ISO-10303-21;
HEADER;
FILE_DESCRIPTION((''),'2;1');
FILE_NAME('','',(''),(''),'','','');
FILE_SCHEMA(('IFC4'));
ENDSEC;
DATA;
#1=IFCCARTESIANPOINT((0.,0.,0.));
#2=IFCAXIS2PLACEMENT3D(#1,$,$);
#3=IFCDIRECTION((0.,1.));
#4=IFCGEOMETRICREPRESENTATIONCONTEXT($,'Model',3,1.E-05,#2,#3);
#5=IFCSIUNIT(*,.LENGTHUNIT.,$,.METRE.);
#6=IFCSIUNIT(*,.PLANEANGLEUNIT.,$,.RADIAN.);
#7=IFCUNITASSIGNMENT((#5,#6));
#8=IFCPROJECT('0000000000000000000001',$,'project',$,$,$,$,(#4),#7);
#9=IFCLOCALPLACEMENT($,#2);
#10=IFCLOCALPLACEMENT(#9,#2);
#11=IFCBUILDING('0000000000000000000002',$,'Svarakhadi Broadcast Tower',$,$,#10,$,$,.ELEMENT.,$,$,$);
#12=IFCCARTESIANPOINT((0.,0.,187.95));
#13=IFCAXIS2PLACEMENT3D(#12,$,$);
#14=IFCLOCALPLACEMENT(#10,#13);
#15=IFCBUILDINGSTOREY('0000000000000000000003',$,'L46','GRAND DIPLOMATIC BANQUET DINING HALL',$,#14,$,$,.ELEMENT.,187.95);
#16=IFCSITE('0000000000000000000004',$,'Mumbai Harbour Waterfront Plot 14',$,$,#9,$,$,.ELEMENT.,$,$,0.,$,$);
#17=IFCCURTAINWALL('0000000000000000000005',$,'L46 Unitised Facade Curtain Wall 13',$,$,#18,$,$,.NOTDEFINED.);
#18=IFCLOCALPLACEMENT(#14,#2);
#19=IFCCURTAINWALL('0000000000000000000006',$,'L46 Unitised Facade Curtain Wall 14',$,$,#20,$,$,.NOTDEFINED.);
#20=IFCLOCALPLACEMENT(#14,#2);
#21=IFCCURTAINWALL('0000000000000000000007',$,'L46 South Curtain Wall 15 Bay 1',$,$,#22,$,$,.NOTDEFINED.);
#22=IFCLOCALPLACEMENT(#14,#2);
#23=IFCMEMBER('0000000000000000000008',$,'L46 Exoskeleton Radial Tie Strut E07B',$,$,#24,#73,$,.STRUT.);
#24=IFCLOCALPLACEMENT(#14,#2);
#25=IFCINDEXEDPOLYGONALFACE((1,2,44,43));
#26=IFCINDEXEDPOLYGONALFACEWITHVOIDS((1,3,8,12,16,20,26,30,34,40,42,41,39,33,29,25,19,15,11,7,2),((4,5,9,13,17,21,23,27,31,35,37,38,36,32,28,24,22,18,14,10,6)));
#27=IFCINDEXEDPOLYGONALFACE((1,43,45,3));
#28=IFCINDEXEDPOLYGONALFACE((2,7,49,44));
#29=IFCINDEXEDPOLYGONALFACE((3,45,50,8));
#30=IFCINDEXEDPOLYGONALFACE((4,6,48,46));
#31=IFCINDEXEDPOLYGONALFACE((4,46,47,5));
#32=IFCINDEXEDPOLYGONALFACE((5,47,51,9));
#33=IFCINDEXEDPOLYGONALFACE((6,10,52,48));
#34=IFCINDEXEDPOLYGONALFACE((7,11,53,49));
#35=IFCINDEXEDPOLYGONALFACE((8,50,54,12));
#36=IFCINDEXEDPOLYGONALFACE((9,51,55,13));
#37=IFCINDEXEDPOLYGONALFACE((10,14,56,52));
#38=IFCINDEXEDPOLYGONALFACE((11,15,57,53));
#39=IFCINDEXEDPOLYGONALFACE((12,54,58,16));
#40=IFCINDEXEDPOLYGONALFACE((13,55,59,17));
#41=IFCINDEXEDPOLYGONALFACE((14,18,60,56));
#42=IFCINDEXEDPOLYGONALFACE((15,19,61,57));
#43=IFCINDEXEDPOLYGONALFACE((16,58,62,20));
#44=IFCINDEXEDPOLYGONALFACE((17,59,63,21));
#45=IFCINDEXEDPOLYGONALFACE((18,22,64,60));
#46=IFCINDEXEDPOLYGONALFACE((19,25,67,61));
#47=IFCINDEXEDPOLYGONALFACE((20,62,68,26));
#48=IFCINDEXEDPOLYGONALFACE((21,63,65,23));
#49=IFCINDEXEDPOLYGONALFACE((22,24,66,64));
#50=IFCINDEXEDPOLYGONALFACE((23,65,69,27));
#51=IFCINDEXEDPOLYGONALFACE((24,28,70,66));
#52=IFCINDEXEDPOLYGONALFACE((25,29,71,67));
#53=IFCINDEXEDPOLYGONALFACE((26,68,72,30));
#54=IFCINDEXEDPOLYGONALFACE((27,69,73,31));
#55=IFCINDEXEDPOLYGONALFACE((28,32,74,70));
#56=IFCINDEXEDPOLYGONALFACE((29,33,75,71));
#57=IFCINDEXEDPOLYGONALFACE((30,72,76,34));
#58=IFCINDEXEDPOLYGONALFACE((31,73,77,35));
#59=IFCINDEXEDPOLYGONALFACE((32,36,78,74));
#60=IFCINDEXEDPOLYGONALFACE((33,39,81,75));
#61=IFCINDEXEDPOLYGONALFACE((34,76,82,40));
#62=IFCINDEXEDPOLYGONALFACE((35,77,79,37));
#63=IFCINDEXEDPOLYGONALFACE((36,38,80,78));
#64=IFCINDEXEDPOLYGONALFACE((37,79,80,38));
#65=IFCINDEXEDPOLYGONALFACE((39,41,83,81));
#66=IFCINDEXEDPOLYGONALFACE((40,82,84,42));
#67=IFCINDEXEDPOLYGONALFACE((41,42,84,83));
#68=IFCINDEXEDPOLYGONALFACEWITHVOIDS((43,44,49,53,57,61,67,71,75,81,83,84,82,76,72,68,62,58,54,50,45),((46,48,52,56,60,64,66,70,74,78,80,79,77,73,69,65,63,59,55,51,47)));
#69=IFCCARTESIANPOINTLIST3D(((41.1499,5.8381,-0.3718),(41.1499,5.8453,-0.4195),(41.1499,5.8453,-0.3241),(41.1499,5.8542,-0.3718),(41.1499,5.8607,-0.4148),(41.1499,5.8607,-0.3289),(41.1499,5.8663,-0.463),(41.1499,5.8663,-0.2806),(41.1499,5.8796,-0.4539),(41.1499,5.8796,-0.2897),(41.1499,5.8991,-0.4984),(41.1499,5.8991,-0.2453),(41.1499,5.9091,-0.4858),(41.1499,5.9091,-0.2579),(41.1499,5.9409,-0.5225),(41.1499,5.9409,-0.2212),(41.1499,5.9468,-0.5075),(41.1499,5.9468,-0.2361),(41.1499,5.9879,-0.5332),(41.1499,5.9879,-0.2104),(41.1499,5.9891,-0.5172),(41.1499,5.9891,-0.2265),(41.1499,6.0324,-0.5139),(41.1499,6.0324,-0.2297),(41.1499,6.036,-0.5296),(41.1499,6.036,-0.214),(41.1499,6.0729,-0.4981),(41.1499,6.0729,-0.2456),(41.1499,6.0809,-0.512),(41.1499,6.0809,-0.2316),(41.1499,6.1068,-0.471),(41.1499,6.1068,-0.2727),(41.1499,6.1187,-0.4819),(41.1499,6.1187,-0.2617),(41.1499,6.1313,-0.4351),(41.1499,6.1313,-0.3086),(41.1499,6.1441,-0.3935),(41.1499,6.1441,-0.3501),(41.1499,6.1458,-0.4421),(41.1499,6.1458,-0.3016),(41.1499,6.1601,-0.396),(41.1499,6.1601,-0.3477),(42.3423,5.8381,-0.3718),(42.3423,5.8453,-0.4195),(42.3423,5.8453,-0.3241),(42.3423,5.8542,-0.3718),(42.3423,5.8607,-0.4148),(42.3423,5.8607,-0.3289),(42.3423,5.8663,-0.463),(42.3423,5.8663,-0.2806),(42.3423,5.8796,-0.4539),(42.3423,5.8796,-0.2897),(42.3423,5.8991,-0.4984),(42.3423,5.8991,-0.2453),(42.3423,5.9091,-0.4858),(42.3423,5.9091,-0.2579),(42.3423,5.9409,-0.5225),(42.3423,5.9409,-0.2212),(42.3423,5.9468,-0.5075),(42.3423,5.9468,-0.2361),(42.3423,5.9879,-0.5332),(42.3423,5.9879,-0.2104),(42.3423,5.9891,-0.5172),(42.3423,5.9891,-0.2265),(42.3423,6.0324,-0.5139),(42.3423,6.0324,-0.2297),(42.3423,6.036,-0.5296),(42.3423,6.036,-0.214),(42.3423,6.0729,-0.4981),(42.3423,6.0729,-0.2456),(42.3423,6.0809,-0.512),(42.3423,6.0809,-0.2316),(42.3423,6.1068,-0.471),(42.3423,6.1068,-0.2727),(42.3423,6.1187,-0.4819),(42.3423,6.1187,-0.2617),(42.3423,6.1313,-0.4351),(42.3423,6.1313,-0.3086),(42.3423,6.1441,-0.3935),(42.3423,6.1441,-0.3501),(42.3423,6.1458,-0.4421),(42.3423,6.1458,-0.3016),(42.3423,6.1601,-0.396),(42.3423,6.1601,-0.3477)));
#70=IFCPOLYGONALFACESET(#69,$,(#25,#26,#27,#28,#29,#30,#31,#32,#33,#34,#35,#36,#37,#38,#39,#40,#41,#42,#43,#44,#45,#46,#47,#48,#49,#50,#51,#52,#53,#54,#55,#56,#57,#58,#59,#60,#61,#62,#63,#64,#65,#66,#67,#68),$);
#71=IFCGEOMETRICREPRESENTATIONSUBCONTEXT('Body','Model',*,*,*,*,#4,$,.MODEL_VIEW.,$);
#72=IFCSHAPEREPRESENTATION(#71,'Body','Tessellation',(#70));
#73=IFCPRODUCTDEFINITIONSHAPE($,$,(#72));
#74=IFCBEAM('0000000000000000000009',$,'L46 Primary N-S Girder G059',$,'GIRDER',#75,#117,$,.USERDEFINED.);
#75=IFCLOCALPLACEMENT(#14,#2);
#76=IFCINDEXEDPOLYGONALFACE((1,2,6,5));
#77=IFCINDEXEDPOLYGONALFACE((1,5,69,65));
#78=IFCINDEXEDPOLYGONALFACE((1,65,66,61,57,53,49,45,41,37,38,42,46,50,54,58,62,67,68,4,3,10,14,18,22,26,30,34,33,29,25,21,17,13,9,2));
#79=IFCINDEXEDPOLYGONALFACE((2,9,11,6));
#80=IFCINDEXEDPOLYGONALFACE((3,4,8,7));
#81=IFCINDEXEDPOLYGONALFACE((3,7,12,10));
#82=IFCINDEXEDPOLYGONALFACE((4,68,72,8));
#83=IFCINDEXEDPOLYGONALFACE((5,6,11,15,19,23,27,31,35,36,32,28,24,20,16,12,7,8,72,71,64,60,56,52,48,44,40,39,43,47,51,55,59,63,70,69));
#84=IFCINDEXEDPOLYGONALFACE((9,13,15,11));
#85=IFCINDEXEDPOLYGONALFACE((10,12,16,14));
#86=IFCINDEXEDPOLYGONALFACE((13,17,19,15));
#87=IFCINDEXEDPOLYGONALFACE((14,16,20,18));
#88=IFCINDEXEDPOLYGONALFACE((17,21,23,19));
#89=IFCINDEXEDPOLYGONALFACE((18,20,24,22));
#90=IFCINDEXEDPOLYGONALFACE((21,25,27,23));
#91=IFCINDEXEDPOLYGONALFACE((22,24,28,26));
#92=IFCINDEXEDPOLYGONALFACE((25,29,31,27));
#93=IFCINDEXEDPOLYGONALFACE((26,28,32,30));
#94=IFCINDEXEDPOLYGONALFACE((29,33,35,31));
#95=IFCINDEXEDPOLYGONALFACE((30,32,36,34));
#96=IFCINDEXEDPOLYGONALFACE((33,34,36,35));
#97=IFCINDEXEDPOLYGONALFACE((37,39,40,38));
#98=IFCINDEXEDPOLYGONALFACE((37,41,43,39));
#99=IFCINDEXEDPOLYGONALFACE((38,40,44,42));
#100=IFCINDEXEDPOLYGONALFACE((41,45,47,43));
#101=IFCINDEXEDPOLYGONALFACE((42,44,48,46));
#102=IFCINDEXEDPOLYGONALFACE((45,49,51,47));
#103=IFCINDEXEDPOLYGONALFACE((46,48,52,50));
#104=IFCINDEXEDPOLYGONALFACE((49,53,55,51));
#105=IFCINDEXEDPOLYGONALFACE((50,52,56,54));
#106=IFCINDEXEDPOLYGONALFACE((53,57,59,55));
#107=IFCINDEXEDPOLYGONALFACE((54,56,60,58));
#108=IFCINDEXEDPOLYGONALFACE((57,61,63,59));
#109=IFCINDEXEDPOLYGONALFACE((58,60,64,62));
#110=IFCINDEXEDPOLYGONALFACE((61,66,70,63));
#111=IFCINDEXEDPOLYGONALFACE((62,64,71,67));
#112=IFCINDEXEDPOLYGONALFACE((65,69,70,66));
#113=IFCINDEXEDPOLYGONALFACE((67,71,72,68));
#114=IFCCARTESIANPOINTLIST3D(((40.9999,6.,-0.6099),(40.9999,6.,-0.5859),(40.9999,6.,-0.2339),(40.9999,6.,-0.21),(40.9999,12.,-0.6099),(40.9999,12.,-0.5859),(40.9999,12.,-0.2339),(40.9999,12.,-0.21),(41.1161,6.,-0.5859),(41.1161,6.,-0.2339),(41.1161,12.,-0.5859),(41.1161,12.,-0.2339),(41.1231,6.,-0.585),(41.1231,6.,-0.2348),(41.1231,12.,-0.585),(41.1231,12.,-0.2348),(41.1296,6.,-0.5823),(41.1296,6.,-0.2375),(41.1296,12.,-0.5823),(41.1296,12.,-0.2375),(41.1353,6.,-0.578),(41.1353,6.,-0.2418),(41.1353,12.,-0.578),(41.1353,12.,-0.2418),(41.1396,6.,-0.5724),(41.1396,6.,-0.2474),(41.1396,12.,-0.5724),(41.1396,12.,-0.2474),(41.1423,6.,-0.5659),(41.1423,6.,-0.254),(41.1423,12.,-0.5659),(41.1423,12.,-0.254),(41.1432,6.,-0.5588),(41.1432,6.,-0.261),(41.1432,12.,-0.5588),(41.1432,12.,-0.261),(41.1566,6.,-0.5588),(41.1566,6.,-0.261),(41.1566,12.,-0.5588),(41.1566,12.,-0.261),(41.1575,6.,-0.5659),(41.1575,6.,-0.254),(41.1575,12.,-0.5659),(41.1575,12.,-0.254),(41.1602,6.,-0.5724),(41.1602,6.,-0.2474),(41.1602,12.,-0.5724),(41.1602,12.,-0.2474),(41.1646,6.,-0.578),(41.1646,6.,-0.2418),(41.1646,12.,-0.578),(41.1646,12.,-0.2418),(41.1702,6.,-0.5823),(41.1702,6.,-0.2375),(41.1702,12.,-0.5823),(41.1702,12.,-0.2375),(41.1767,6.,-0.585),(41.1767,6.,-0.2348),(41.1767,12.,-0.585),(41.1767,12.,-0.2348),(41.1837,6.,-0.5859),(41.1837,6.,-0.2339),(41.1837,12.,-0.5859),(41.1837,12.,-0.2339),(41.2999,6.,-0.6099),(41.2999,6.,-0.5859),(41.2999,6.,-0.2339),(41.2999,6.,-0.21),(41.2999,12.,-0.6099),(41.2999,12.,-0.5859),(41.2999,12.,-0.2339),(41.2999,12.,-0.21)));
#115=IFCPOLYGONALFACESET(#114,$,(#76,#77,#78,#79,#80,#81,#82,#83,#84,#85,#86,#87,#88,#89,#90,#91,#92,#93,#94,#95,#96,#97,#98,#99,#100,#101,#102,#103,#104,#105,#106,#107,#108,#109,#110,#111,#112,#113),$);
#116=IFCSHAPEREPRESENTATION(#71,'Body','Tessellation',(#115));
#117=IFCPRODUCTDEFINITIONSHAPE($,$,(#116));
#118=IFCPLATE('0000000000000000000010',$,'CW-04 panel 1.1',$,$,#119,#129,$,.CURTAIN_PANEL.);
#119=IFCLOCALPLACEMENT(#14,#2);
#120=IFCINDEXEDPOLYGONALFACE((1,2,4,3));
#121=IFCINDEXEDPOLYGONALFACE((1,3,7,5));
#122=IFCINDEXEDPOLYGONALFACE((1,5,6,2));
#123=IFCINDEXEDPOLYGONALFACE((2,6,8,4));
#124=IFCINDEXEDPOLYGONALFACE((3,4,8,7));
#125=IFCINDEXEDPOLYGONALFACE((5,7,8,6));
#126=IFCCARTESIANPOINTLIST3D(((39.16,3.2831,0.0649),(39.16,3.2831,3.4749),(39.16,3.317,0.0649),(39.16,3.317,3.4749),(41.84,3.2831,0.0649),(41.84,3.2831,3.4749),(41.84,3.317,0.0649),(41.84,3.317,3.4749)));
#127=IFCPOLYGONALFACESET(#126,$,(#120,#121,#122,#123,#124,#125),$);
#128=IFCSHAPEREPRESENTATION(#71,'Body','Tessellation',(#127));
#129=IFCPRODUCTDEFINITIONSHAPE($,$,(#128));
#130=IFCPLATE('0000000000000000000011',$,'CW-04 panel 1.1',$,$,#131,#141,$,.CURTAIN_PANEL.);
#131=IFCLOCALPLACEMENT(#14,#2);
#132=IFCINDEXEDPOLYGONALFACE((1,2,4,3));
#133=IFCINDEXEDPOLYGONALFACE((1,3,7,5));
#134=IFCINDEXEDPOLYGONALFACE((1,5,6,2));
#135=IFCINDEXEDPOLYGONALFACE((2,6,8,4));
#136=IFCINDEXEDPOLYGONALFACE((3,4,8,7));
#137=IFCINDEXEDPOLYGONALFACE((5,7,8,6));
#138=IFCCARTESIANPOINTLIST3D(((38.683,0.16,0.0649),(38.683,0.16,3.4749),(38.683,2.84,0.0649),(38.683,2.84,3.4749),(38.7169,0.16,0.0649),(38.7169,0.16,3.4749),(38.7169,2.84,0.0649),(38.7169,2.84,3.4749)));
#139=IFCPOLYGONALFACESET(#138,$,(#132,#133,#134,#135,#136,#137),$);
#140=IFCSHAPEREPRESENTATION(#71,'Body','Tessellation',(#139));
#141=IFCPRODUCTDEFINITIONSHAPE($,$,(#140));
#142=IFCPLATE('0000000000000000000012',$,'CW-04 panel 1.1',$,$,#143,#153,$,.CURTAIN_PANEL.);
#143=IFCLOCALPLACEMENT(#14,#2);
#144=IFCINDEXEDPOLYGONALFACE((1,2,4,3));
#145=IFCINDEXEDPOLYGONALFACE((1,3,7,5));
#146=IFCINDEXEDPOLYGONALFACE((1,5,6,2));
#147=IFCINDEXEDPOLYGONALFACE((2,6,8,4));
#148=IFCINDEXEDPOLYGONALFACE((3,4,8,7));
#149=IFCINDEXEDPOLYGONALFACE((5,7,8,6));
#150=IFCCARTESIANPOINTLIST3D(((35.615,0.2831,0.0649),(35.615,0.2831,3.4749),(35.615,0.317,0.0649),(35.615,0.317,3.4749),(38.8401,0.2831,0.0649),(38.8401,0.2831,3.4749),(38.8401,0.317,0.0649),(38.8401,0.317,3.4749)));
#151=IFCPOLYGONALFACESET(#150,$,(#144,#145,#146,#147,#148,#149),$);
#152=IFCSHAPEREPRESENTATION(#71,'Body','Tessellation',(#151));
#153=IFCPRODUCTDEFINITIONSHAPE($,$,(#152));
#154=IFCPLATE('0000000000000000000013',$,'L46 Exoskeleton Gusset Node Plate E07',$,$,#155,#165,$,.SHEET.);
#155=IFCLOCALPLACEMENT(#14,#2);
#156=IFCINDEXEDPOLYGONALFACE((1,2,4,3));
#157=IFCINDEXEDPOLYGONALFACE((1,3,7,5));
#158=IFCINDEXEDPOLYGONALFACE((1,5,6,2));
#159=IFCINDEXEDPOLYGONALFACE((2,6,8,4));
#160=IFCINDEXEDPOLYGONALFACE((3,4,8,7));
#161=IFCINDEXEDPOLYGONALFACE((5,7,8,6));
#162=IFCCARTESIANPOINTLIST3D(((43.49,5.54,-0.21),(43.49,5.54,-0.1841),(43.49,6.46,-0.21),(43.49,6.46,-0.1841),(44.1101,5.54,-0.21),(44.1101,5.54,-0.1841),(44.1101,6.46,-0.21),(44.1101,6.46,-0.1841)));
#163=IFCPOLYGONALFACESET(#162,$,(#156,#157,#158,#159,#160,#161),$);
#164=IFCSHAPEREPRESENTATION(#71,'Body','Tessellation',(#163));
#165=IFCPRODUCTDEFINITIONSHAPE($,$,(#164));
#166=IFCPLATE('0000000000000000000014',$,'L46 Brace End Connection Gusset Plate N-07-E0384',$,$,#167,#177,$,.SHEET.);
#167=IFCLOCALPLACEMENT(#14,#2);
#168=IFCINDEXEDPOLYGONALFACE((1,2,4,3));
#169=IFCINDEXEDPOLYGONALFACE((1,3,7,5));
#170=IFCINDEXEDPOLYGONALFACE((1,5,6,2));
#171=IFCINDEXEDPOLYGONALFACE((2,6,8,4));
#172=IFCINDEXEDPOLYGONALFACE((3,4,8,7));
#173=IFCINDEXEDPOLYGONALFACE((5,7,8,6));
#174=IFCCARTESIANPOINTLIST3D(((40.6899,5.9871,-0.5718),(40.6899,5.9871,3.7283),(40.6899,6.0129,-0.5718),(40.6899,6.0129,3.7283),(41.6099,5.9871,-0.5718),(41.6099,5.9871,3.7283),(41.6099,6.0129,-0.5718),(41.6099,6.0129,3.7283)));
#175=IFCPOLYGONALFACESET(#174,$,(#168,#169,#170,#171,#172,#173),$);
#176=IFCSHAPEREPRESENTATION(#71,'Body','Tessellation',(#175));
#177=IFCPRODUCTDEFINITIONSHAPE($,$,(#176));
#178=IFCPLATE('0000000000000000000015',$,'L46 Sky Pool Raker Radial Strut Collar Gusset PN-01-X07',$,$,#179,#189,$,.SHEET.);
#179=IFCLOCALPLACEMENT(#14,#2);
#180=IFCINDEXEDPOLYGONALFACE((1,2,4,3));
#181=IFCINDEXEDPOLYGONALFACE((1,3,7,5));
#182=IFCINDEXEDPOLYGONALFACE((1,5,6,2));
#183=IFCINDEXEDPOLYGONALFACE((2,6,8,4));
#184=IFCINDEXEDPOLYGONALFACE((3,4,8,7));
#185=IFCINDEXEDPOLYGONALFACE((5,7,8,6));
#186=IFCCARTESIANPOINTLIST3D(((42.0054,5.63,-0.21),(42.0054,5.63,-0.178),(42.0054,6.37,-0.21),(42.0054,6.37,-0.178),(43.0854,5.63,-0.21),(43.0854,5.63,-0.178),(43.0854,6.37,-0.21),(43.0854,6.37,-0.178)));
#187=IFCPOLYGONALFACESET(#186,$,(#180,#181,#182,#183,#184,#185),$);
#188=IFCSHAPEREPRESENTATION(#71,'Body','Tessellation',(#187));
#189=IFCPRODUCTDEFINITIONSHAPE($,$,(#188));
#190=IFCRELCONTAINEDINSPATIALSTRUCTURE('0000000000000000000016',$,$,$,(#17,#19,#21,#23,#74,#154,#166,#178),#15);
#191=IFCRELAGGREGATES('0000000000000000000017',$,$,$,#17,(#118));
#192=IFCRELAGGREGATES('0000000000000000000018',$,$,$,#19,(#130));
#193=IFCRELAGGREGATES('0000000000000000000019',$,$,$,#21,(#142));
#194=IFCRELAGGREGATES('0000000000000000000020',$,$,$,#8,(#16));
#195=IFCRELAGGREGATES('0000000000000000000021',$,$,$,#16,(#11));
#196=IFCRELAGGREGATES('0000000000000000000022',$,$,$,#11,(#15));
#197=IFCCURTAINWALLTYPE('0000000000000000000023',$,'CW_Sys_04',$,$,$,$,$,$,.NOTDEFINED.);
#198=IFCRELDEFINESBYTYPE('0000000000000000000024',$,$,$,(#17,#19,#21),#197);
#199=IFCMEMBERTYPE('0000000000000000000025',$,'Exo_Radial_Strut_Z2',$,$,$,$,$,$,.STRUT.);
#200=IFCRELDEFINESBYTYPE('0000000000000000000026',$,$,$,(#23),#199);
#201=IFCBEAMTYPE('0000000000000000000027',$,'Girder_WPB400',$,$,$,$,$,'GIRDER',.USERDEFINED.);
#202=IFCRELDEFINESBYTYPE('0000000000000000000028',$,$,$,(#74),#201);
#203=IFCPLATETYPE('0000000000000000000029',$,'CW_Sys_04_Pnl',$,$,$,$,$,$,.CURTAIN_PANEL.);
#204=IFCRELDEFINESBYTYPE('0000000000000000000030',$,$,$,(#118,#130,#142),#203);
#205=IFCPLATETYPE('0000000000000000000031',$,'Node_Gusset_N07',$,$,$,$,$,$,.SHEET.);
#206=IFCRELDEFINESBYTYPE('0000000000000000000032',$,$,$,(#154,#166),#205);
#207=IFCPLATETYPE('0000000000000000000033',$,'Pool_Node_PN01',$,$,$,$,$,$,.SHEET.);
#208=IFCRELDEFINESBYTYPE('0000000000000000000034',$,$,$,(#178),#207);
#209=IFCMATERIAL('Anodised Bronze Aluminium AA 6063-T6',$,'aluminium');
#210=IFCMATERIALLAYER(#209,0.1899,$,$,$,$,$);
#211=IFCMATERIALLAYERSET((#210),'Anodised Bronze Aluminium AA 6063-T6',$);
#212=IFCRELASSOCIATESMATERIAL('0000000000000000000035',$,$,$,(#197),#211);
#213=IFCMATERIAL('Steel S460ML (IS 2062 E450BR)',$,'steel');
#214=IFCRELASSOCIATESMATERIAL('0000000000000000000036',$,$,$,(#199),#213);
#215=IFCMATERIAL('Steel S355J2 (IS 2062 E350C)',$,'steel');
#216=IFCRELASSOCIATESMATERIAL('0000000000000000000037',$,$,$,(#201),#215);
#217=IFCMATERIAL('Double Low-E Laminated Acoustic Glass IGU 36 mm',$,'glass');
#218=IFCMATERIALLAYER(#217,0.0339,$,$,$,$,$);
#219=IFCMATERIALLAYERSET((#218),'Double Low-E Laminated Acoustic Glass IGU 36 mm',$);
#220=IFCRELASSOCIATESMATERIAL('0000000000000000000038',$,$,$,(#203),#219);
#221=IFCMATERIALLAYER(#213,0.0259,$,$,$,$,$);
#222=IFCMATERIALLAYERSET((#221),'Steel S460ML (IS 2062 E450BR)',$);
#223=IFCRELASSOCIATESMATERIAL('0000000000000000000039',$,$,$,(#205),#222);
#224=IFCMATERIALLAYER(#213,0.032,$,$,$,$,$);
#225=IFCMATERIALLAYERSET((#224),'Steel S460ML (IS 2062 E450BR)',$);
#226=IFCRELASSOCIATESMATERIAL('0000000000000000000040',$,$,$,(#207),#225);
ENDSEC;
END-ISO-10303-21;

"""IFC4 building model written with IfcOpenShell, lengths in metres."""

from ifc_helpers import new_model, si_unit, direction, frame, origin, origin_2d, place, context, subcontext, project, spatial, rectangle, hollow_circle, i_section, extrude, material, layer, layer_set, material_profile, profile_set, type_object, element, aggregate, save


model = new_model("IFC4")

# Units and contexts
model_context = context("Model", 3, precision=1e-05, world=origin(), true_north=direction((0.0, 1.0)))
body_context = subcontext(model_context, "Body", "Model", "MODEL_VIEW")
ifc_project = project(units=[si_unit("LENGTHUNIT", "METRE"), si_unit("PLANEANGLEUNIT", "RADIAN")], contexts=[model_context])

# Site, building, storey
site_placement = place(None, origin())
site = spatial("IfcSite", under=ifc_project, at=site_placement, Name="Mumbai Harbour Waterfront Plot 14", CompositionType="ELEMENT", RefElevation=0.0)
building_placement = place(site_placement, origin())
building = spatial("IfcBuilding", under=site, at=building_placement, Name="Svarakhadi Broadcast Tower", CompositionType="ELEMENT")
storey_placement = place(building_placement, frame((0.0, 0.0, 187.95)))
storey = spatial("IfcBuildingStorey", under=building, at=storey_placement, Name="L46", Description="GRAND DIPLOMATIC BANQUET DINING HALL", CompositionType="ELEMENT", Elevation=187.95)

# Shared definitions
ifc_material_1 = material(Name="Steel S460ML (IS 2062 E450BR)", Category="steel")

# Curtain walls
ifc_material_2 = material(Name="Anodised Bronze Aluminium AA 6063-T6", Category="aluminium")
ifc_layer_1 = layer(ifc_material_2, 0.1899)
ifc_layer_set_1 = layer_set([ifc_layer_1], Name="Anodised Bronze Aluminium AA 6063-T6")
curtain_wall_type = type_object("IfcCurtainWallType", Name="CW_Sys_04", PredefinedType="NOTDEFINED", material=ifc_layer_set_1)
curtain_wall_1_placement = place(storey_placement, origin())
curtain_wall_1 = element("IfcCurtainWall", 1, at=curtain_wall_1_placement, inside=storey, type_object=curtain_wall_type, Name="L46 Unitised Facade Curtain Wall 13", PredefinedType="NOTDEFINED")
curtain_wall_2_placement = place(storey_placement, origin())
curtain_wall_2 = element("IfcCurtainWall", 2, at=curtain_wall_2_placement, inside=storey, type_object=curtain_wall_type, Name="L46 Unitised Facade Curtain Wall 14", PredefinedType="NOTDEFINED")

# Curtain wall
curtain_wall_3_placement = place(storey_placement, origin())
curtain_wall_3 = element("IfcCurtainWall", 3, at=curtain_wall_3_placement, inside=storey, type_object=curtain_wall_type, Name="L46 South Curtain Wall 15 Bay 1", PredefinedType="NOTDEFINED")

# Member
ifc_material_profile_1 = material_profile(ifc_material_1, hollow_circle(Radius=0.1619, WallThickness=0.0161, at=origin_2d()), Name="CHS 323.9x16")
ifc_profile_set_1 = profile_set([ifc_material_profile_1], Name="Steel S460ML (IS 2062 E450BR)")
member_type_1 = type_object("IfcMemberType", Name="Exo_Radial_Strut_Z2", PredefinedType="STRUT", material=ifc_profile_set_1)
member_1_placement = place(storey_placement, frame((42.3423, 6.0, -0.3718), z_axis=(-1.0, 0.0, 0.0), x_axis=(0.0, -1.0, 0.0)))
element("IfcMember", 4, at=member_1_placement, inside=storey, type_object=member_type_1, Name="L46 Exoskeleton Radial Tie Strut E07B", PredefinedType="STRUT", context=body_context, shape_type="SweptSolid", body=[
    extrude(hollow_circle(Radius=0.1619, WallThickness=0.0161, at=origin_2d()), origin(), (0.0, 0.0, 1.0), 1.1924),
])

# Beam
ifc_material_3 = material(Name="Steel S355J2 (IS 2062 E350C)", Category="steel")
ifc_material_profile_2 = material_profile(ifc_material_3, i_section(OverallWidth=0.3, OverallDepth=0.3999, WebThickness=0.0134, FlangeThickness=0.0239, FilletRadius=0.0271, at=origin_2d()), Name="WPB 400x300x155")
ifc_profile_set_2 = profile_set([ifc_material_profile_2], Name="Steel S355J2 (IS 2062 E350C)")
beam_type = type_object("IfcBeamType", Name="Girder_WPB400", ElementType="GIRDER", PredefinedType="USERDEFINED", material=ifc_profile_set_2)
beam_placement = place(storey_placement, frame((41.1499, 6.0, -0.4099), z_axis=(0.0, 1.0, 0.0), x_axis=(-1.0, 0.0, 0.0)))
element("IfcBeam", 5, at=beam_placement, inside=storey, type_object=beam_type, Name="L46 Primary N-S Girder G059", ObjectType="GIRDER", PredefinedType="USERDEFINED", context=body_context, shape_type="SweptSolid", body=[
    extrude(i_section(OverallWidth=0.3, OverallDepth=0.3999, WebThickness=0.0134, FlangeThickness=0.0239, FilletRadius=0.0271, at=origin_2d()), origin(), (0.0, 0.0, 1.0), 6.0),
])

# Plates
ifc_material_4 = material(Name="Double Low-E Laminated Acoustic Glass IGU 36 mm", Category="glass")
ifc_layer_2 = layer(ifc_material_4, 0.0339)
ifc_layer_set_2 = layer_set([ifc_layer_2], Name="Double Low-E Laminated Acoustic Glass IGU 36 mm")
plate_type_1 = type_object("IfcPlateType", Name="CW_Sys_04_Pnl", PredefinedType="CURTAIN_PANEL", material=ifc_layer_set_2)
plate_1_placement = place(storey_placement, frame((40.5, 3.3, 0.0649), z_axis=(0.0, 0.0, 1.0), x_axis=(-1.0, 0.0, 0.0)))
plate_1 = element("IfcPlate", 6, at=plate_1_placement, type_object=plate_type_1, Name="CW-04 panel 1.1", PredefinedType="CURTAIN_PANEL", context=body_context, shape_type="SweptSolid", body=[
    extrude(rectangle(XDim=2.6799, YDim=0.0339, at=origin_2d()), origin(), (0.0, 0.0, 1.0), 3.4099),
])
aggregate(curtain_wall_1, [plate_1])
plate_2_placement = place(storey_placement, frame((38.7, 1.5, 0.0649), z_axis=(0.0, 0.0, 1.0), x_axis=(0.0, -1.0, 0.0)))
plate_2 = element("IfcPlate", 7, at=plate_2_placement, type_object=plate_type_1, Name="CW-04 panel 1.1", PredefinedType="CURTAIN_PANEL", context=body_context, shape_type="SweptSolid", body=[
    extrude(rectangle(XDim=2.6799, YDim=0.0339, at=origin_2d()), origin(), (0.0, 0.0, 1.0), 3.4099),
])
aggregate(curtain_wall_2, [plate_2])
plate_3_placement = place(storey_placement, frame((37.2275, 0.3, 0.0649), z_axis=(0.0, 0.0, 1.0), x_axis=(-1.0, 0.0, 0.0)))
plate_3 = element("IfcPlate", 8, at=plate_3_placement, type_object=plate_type_1, Name="CW-04 panel 1.1", PredefinedType="CURTAIN_PANEL", context=body_context, shape_type="SweptSolid", body=[
    extrude(rectangle(XDim=3.2251, YDim=0.0339, at=origin_2d()), origin(), (0.0, 0.0, 1.0), 3.4099),
])
aggregate(curtain_wall_3, [plate_3])

# Plates
ifc_layer_3 = layer(ifc_material_1, 0.0259)
ifc_layer_set_3 = layer_set([ifc_layer_3], Name="Steel S460ML (IS 2062 E450BR)")
plate_type_2 = type_object("IfcPlateType", Name="Node_Gusset_N07", PredefinedType="SHEET", material=ifc_layer_set_3)
plate_4_placement = place(storey_placement, frame((43.8, 6.0, -0.21), z_axis=(0.0, 0.0, 1.0), x_axis=(0.0, 1.0, 0.0)))
element("IfcPlate", 9, at=plate_4_placement, inside=storey, type_object=plate_type_2, Name="L46 Exoskeleton Gusset Node Plate E07", PredefinedType="SHEET", context=body_context, shape_type="SweptSolid", body=[
    extrude(rectangle(XDim=0.9199, YDim=0.6201, at=origin_2d()), origin(), (0.0, 0.0, 1.0), 0.0259),
])
plate_5_placement = place(storey_placement, frame((41.1499, 6.0, -0.5718), z_axis=(0.0, 0.0, 1.0), x_axis=(1.0, 0.0, 0.0)))
element("IfcPlate", 10, at=plate_5_placement, inside=storey, type_object=plate_type_2, Name="L46 Brace End Connection Gusset Plate N-07-E0384", PredefinedType="SHEET", context=body_context, shape_type="SweptSolid", body=[
    extrude(rectangle(XDim=0.9199, YDim=0.0259, at=origin_2d()), origin(), (0.0, 0.0, 1.0), 4.3),
])
ifc_layer_4 = layer(ifc_material_1, 0.032)
ifc_layer_set_4 = layer_set([ifc_layer_4], Name="Steel S460ML (IS 2062 E450BR)")
plate_type_3 = type_object("IfcPlateType", Name="Pool_Node_PN01", PredefinedType="SHEET", material=ifc_layer_set_4)
plate_6_placement = place(storey_placement, frame((42.5454, 6.0, -0.21), z_axis=(0.0, 0.0, 1.0), x_axis=(1.0, 0.0, 0.0)))
element("IfcPlate", 11, at=plate_6_placement, inside=storey, type_object=plate_type_3, Name="L46 Sky Pool Raker Radial Strut Collar Gusset PN-01-X07", PredefinedType="SHEET", context=body_context, shape_type="SweptSolid", body=[
    extrude(rectangle(XDim=1.0801, YDim=0.74, at=origin_2d()), origin(), (0.0, 0.0, 1.0), 0.032),
])

save(model, "model.ifc")
